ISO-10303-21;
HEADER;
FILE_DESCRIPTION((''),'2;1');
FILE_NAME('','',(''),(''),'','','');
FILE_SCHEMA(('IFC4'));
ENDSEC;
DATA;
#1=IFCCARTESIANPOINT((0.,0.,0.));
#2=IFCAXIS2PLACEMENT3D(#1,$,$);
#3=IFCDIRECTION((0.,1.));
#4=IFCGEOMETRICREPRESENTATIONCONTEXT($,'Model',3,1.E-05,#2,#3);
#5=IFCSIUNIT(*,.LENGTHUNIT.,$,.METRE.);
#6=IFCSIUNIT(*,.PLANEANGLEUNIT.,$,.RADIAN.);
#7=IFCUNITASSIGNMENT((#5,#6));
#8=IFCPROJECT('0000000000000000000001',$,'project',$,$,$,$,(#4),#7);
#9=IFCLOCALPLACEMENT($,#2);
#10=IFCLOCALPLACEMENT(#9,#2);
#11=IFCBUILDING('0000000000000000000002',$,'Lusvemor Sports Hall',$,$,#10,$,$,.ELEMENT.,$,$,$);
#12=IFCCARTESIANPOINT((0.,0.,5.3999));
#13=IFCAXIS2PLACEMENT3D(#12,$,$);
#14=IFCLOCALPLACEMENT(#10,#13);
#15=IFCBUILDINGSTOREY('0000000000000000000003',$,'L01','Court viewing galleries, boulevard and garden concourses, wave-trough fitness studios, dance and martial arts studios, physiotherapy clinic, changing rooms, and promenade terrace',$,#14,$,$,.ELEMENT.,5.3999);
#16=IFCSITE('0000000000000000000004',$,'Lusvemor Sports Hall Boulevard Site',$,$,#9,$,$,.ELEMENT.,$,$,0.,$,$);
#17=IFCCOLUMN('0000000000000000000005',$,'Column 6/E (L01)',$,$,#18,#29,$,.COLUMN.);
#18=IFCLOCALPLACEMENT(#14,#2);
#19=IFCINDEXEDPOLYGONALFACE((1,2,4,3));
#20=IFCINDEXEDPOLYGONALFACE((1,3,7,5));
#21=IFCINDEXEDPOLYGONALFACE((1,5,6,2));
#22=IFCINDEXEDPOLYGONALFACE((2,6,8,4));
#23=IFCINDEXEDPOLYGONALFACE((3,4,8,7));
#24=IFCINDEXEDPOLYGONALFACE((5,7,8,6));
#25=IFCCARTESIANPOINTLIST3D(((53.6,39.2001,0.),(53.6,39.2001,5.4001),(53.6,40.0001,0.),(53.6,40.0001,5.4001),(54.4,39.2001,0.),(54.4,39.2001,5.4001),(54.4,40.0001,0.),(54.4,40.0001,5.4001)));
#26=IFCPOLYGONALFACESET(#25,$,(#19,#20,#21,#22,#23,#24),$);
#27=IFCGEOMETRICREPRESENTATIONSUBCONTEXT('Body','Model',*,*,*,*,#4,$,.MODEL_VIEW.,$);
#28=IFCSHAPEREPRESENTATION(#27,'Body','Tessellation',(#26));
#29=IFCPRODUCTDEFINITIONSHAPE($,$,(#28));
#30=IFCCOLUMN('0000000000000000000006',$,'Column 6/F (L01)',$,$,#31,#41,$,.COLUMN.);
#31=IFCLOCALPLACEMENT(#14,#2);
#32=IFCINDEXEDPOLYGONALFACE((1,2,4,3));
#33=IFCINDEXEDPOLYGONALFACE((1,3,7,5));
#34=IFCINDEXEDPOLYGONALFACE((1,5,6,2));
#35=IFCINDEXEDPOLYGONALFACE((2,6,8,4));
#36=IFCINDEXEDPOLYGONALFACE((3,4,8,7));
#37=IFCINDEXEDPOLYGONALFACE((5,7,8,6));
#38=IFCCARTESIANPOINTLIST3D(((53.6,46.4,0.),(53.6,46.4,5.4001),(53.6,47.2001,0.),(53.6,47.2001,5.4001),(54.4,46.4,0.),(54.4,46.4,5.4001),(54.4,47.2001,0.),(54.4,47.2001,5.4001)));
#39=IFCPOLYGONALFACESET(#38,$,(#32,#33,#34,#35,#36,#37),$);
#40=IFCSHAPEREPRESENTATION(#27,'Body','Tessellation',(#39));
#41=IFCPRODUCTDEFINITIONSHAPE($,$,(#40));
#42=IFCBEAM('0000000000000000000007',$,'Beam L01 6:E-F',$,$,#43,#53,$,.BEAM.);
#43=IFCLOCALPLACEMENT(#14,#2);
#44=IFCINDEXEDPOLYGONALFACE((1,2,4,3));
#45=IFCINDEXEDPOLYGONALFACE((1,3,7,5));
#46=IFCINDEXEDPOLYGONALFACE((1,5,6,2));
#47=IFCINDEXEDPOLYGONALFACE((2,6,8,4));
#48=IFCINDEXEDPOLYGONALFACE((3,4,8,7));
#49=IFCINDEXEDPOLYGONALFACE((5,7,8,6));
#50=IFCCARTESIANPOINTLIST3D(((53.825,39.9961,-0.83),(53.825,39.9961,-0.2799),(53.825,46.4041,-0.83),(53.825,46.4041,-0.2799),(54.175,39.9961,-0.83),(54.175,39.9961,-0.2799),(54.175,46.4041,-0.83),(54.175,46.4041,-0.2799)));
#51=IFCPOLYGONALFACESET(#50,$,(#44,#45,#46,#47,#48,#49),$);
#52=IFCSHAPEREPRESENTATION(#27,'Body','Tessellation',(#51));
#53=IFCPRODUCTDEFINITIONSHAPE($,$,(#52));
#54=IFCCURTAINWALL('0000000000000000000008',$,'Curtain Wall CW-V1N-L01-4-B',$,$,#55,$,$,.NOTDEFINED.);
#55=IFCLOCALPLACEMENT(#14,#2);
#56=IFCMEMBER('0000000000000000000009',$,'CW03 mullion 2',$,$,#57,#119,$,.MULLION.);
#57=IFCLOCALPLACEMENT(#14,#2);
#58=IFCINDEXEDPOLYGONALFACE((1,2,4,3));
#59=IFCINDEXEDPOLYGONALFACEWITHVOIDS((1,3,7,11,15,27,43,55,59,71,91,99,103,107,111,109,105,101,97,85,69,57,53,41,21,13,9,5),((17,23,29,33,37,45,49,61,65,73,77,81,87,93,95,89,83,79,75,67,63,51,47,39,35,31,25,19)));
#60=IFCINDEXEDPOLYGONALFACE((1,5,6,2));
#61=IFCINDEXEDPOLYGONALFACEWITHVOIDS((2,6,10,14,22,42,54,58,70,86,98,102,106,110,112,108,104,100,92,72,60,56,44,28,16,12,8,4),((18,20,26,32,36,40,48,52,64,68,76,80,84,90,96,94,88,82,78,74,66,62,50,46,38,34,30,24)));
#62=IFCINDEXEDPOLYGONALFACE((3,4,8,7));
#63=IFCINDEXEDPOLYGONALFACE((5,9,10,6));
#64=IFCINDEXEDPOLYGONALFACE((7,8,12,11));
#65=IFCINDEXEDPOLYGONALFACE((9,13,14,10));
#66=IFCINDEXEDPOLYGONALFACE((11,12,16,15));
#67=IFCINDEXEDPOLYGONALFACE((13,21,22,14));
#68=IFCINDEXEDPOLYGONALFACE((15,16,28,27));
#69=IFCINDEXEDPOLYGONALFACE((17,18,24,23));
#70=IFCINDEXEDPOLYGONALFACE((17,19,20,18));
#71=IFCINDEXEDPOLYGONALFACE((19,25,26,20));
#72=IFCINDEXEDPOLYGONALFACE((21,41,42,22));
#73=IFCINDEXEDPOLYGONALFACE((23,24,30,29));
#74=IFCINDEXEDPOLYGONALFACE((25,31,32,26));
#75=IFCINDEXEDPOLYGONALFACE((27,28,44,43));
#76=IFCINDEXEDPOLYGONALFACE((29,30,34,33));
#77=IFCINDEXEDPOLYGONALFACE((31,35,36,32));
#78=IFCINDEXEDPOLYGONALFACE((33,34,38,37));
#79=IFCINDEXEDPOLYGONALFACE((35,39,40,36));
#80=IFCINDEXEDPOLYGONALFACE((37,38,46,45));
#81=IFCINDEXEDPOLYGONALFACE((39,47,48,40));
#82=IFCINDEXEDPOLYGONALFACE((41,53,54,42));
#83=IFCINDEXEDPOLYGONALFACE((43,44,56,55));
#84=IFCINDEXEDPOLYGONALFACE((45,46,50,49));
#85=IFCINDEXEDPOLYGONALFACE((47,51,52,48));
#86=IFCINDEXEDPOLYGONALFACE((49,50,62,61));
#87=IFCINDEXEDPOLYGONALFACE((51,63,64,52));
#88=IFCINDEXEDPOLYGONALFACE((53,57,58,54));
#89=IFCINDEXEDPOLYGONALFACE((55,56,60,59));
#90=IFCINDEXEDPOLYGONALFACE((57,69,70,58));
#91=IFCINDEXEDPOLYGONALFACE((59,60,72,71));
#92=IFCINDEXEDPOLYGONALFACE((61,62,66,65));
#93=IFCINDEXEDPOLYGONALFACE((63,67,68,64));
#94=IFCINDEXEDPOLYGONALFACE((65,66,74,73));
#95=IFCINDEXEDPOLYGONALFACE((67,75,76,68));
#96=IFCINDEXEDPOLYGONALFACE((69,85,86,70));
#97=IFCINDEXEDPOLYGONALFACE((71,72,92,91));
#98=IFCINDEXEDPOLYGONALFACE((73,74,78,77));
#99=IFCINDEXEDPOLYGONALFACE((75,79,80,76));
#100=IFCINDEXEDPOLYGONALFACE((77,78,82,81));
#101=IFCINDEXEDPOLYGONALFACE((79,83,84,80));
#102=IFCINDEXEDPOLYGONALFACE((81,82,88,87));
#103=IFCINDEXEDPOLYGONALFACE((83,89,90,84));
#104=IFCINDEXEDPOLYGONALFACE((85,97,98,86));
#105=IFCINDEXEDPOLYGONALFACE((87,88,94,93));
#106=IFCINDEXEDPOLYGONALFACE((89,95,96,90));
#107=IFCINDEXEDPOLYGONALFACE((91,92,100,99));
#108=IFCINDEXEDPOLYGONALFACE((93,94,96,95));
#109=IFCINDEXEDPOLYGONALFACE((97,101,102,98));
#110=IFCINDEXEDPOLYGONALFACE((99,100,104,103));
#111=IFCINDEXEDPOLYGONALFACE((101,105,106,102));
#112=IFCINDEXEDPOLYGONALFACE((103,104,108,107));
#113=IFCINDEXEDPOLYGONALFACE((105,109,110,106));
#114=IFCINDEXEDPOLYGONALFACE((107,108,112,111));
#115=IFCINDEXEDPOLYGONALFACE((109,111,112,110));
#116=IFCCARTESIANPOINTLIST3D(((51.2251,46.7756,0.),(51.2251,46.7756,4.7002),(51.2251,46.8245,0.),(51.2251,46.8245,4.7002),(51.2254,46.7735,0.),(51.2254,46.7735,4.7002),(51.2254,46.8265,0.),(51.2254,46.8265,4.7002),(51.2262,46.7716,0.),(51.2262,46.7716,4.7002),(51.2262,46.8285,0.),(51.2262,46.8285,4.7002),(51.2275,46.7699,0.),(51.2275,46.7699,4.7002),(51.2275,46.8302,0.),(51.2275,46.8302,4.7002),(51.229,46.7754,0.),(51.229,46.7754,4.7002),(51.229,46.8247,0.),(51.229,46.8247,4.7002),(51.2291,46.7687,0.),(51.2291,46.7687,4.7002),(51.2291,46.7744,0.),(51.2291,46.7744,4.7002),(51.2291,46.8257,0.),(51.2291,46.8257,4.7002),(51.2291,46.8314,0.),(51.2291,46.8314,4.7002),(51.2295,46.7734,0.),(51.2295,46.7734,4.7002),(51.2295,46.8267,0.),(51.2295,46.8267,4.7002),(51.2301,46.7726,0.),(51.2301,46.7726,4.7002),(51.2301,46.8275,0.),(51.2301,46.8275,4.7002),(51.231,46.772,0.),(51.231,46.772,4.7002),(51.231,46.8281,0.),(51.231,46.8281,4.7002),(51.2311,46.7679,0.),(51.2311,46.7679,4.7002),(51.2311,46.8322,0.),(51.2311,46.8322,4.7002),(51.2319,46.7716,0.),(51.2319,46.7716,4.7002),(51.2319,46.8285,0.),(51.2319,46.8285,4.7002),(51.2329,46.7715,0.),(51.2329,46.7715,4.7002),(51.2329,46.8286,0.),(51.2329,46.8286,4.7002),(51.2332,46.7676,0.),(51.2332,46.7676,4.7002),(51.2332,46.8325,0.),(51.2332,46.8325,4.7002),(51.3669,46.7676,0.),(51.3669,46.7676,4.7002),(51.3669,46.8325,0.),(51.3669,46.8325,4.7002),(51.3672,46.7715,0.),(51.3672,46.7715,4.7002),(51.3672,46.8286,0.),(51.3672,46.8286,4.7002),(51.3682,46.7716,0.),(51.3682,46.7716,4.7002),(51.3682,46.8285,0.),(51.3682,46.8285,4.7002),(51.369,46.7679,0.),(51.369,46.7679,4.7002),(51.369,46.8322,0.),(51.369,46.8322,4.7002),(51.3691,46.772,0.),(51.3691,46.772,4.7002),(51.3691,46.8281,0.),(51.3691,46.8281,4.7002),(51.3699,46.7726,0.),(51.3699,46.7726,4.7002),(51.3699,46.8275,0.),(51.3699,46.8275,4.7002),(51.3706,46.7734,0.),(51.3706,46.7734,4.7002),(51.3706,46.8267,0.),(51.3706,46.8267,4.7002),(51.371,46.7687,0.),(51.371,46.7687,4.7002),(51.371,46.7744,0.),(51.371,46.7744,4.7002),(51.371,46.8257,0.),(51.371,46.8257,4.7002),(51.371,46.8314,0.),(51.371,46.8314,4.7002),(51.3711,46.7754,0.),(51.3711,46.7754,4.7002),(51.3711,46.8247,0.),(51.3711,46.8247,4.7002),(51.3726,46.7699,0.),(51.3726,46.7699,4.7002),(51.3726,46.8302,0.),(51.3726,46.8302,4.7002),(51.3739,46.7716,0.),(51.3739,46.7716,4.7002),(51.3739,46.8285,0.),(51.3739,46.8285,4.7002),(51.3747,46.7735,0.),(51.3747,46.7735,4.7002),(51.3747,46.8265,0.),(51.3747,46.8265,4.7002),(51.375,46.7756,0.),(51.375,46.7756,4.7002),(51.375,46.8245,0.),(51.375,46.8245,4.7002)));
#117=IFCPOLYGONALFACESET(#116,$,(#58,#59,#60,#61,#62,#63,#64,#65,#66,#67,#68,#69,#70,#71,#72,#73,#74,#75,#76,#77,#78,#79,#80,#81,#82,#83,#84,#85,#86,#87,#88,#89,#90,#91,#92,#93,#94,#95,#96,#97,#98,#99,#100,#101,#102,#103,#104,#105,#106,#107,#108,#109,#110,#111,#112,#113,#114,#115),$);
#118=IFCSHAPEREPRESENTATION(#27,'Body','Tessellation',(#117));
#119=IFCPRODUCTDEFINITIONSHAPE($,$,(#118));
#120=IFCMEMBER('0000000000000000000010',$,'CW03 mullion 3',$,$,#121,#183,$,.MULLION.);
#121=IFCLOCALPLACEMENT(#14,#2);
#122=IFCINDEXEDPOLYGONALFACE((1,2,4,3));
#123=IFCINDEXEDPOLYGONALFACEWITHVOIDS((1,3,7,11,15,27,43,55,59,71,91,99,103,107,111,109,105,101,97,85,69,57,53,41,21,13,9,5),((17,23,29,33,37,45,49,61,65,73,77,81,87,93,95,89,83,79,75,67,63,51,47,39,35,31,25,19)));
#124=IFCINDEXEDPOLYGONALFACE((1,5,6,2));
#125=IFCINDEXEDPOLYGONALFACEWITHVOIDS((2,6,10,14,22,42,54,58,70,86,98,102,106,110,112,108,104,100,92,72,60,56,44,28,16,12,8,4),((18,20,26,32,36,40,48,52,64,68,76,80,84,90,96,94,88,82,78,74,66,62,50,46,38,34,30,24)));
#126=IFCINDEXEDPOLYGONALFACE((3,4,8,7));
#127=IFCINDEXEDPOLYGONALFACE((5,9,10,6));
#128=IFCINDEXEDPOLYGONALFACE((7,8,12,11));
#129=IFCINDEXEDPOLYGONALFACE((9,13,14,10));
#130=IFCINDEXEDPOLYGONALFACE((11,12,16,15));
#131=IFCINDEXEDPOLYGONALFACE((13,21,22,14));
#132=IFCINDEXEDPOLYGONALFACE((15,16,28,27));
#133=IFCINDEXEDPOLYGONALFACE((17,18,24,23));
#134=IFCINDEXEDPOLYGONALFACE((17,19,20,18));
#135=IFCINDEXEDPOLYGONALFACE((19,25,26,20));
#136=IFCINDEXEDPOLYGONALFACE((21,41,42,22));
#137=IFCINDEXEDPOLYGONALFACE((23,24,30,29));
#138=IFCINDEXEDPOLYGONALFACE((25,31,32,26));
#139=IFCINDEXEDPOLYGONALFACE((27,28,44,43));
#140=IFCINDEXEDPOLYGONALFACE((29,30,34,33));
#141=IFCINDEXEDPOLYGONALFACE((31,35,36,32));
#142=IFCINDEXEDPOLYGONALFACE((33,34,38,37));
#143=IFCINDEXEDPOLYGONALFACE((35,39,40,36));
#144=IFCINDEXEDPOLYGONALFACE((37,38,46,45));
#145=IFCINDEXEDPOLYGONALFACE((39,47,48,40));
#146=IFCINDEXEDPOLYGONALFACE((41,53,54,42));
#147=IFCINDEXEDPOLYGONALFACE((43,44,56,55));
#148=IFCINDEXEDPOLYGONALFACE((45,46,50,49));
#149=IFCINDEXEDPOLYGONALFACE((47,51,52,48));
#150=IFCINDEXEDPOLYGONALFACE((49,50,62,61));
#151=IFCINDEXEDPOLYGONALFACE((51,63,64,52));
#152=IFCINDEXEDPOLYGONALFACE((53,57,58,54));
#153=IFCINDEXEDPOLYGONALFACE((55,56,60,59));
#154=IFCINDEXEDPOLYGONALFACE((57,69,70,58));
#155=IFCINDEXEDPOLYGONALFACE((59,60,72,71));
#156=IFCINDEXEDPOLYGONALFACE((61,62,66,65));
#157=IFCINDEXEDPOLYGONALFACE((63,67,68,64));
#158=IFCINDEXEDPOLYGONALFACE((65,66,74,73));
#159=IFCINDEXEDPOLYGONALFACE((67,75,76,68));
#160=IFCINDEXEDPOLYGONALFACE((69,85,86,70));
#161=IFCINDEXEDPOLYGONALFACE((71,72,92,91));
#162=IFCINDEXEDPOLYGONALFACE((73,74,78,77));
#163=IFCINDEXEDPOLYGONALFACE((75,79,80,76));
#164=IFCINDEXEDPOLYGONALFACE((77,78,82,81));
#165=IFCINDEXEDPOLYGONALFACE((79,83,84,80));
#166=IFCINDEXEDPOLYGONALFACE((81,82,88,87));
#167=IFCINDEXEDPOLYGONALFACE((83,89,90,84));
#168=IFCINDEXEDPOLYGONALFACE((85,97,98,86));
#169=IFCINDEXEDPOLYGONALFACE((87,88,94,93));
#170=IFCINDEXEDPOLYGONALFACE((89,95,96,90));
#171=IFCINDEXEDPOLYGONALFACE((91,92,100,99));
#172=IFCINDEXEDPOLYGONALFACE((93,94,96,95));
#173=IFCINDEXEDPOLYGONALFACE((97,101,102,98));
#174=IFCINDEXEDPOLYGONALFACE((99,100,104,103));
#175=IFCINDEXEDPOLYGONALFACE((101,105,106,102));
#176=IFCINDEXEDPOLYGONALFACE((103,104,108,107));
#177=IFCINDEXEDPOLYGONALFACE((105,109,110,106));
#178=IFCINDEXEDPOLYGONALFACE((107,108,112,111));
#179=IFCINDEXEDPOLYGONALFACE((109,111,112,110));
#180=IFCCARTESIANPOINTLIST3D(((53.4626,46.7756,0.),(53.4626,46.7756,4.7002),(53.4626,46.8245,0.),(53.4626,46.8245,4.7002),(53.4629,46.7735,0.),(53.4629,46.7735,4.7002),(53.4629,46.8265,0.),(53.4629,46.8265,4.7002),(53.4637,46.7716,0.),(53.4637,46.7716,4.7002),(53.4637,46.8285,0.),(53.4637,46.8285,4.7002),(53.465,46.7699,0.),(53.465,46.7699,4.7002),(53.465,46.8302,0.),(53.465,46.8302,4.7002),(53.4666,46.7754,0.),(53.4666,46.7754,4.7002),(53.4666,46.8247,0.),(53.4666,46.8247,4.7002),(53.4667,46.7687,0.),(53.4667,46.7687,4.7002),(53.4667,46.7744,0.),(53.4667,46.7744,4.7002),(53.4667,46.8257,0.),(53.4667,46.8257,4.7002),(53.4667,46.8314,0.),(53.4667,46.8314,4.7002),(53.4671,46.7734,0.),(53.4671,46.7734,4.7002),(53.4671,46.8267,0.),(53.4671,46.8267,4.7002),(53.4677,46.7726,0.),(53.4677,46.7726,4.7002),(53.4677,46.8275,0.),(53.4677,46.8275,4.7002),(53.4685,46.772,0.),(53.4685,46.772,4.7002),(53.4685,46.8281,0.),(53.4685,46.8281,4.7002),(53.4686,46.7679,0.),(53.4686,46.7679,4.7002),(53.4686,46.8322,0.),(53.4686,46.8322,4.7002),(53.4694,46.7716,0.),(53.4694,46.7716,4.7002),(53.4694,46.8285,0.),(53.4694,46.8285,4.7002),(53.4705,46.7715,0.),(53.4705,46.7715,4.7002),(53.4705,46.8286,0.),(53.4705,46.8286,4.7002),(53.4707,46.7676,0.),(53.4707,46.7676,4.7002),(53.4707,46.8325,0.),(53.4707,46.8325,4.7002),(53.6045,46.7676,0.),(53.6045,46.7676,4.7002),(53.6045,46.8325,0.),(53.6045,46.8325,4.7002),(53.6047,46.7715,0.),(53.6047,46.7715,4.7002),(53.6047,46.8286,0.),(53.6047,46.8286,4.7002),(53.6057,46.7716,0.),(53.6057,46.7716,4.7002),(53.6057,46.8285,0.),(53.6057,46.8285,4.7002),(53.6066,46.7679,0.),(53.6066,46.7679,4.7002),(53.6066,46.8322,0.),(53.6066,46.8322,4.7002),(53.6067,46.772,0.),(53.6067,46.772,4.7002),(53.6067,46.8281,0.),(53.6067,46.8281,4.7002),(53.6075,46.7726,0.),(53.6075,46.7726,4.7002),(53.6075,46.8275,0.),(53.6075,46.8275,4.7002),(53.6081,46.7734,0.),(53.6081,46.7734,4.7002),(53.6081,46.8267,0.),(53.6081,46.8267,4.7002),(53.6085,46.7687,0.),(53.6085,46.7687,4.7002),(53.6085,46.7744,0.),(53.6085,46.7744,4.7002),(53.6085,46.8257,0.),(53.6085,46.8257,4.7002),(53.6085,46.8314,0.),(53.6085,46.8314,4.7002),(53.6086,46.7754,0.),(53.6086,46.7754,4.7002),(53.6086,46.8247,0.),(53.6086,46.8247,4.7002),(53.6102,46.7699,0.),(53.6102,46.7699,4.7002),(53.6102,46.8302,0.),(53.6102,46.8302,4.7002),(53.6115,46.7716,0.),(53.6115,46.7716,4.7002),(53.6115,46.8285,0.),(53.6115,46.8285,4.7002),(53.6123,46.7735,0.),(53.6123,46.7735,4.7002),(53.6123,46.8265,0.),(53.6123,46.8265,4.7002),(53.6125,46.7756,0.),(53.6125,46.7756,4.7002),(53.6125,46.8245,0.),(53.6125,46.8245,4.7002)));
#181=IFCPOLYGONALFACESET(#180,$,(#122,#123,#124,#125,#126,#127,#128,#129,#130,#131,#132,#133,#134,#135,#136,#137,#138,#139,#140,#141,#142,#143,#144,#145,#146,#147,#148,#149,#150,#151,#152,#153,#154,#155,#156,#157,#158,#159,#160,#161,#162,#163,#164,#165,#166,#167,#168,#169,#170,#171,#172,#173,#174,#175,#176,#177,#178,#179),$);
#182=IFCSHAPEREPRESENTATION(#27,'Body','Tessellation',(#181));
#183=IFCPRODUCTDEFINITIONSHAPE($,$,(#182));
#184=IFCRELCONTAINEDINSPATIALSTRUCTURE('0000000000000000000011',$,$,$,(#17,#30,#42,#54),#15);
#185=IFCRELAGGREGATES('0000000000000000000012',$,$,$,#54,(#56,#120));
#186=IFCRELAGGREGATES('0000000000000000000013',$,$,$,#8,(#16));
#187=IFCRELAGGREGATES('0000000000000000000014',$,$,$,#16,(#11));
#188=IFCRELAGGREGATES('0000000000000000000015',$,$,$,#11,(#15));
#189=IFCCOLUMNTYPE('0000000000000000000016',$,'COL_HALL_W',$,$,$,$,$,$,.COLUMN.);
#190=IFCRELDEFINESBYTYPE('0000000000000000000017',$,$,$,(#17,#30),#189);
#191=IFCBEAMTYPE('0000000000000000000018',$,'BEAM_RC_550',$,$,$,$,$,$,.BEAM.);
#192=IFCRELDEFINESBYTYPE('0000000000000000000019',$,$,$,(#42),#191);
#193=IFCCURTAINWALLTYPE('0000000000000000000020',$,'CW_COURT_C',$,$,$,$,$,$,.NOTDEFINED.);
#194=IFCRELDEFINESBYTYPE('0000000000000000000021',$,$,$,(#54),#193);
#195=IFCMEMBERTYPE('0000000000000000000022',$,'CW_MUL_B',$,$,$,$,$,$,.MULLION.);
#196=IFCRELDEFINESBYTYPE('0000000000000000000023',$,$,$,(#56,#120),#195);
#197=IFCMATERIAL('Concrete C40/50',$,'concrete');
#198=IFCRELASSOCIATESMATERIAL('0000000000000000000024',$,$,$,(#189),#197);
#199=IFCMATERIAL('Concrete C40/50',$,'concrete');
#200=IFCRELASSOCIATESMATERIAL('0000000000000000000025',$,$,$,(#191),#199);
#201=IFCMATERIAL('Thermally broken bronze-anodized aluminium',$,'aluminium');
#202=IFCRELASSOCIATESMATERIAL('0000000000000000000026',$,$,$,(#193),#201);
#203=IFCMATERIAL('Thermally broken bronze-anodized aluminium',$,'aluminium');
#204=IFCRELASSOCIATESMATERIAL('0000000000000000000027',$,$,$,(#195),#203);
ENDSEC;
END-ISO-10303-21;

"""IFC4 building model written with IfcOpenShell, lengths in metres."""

from ifc_helpers import new_model, si_unit, direction, frame, origin, origin_2d, place, context, subcontext, project, spatial, rectangle, hollow_rectangle, extrude, material, material_profile, profile_set, type_object, element, aggregate, save


model = new_model("IFC4")

# Units and contexts
model_context = context("Model", 3, precision=1e-05, world=origin(), true_north=direction((0.0, 1.0)))
body_context = subcontext(model_context, "Body", "Model", "MODEL_VIEW")
ifc_project = project(units=[si_unit("LENGTHUNIT", "METRE"), si_unit("PLANEANGLEUNIT", "RADIAN")], contexts=[model_context])

# Site, building, storey
site_placement = place(None, origin())
site = spatial("IfcSite", under=ifc_project, at=site_placement, Name="Lusvemor Sports Hall Boulevard Site", CompositionType="ELEMENT", RefElevation=0.0)
building_placement = place(site_placement, origin())
building = spatial("IfcBuilding", under=site, at=building_placement, Name="Lusvemor Sports Hall", CompositionType="ELEMENT")
storey_placement = place(building_placement, frame((0.0, 0.0, 5.3999)))
storey = spatial("IfcBuildingStorey", under=building, at=storey_placement, Name="L01", Description="Court viewing galleries, boulevard and garden concourses, wave-trough fitness studios, dance and martial arts studios, physiotherapy clinic, changing rooms, and promenade terrace", CompositionType="ELEMENT", Elevation=5.3999)

# Columns
ifc_material_1 = material(Name="Concrete C40/50", Category="concrete")
ifc_material_profile_1 = material_profile(ifc_material_1, rectangle(XDim=0.8, YDim=0.8, at=origin_2d()), Name="RC800x800")
ifc_profile_set_1 = profile_set([ifc_material_profile_1], Name="Concrete C40/50")
column_type = type_object("IfcColumnType", Name="COL_HALL_W", PredefinedType="COLUMN", material=ifc_profile_set_1)
for number, where, z_axis, x_axis, name in (
    (1, (54.0, 39.6001, 0.0), (0.0, 0.0, 1.0), (1.0, 0.0, 0.0), "Column 6/E (L01)"),
    (2, (54.0, 46.8, 0.0), (0.0, 0.0, 1.0), (1.0, 0.0, 0.0), "Column 6/F (L01)"),
):
    element("IfcColumn", number, at=place(storey_placement, frame(where, z_axis=z_axis, x_axis=x_axis)), inside=storey, type_object=column_type, Name=name, PredefinedType="COLUMN", context=body_context, shape_type="SweptSolid", body=[
        extrude(rectangle(XDim=0.8, YDim=0.8, at=origin_2d()), origin(), (0.0, 0.0, 1.0), 5.4001),
    ])

# Beam
ifc_material_2 = material(Name="Concrete C40/50", Category="concrete")
ifc_material_profile_2 = material_profile(ifc_material_2, rectangle(XDim=0.3501, YDim=0.55, at=origin_2d()), Name="RC350x550")
ifc_profile_set_2 = profile_set([ifc_material_profile_2], Name="Concrete C40/50")
beam_type_1 = type_object("IfcBeamType", Name="BEAM_RC_550", PredefinedType="BEAM", material=ifc_profile_set_2)
beam_1_placement = place(storey_placement, frame((54.0, 39.9961, -0.5549), z_axis=(0.0, 1.0, 0.0), x_axis=(-1.0, 0.0, 0.0)))
element("IfcBeam", 3, at=beam_1_placement, inside=storey, type_object=beam_type_1, Name="Beam L01 6:E-F", PredefinedType="BEAM", context=body_context, shape_type="SweptSolid", body=[
    extrude(rectangle(XDim=0.3501, YDim=0.55, at=origin_2d()), origin(), (0.0, 0.0, 1.0), 6.408),
])

# Curtain wall, members
ifc_material_3 = material(Name="Thermally broken bronze-anodized aluminium", Category="aluminium")
curtain_wall_type = type_object("IfcCurtainWallType", Name="CW_COURT_C", PredefinedType="NOTDEFINED", material=ifc_material_3)
curtain_wall_1_placement = place(storey_placement, origin())
curtain_wall_1 = element("IfcCurtainWall", 4, at=curtain_wall_1_placement, inside=storey, type_object=curtain_wall_type, Name="Curtain Wall CW-V1N-L01-4-B", PredefinedType="NOTDEFINED")
ifc_material_4 = material(Name="Thermally broken bronze-anodized aluminium", Category="aluminium")
ifc_material_profile_3 = material_profile(ifc_material_4, hollow_rectangle(XDim=0.0649, YDim=0.1499, WallThickness=0.0039, InnerFilletRadius=0.0039, OuterFilletRadius=0.0081, at=origin_2d()), Name="CWMUL150x65x4")
ifc_profile_set_3 = profile_set([ifc_material_profile_3], Name="Thermally broken bronze-anodized aluminium")
member_type_1 = type_object("IfcMemberType", Name="CW_MUL_B", PredefinedType="MULLION", material=ifc_profile_set_3)
member_1_placement = place(storey_placement, frame((51.3, 46.8, 0.0), z_axis=(0.0, 0.0, 1.0), x_axis=(0.0, 1.0, 0.0)))
member_1 = element("IfcMember", 5, at=member_1_placement, type_object=member_type_1, Name="CW03 mullion 2", PredefinedType="MULLION", context=body_context, shape_type="SweptSolid", body=[
    extrude(hollow_rectangle(XDim=0.0649, YDim=0.1499, WallThickness=0.0039, InnerFilletRadius=0.0039, OuterFilletRadius=0.0081, at=origin_2d()), origin(), (0.0, 0.0, 1.0), 4.7002),
])
member_2_placement = place(storey_placement, frame((53.5376, 46.8, 0.0), z_axis=(0.0, 0.0, 1.0), x_axis=(0.0, 1.0, 0.0)))
member_2 = element("IfcMember", 6, at=member_2_placement, type_object=member_type_1, Name="CW03 mullion 3", PredefinedType="MULLION", context=body_context, shape_type="SweptSolid", body=[
    extrude(hollow_rectangle(XDim=0.0649, YDim=0.1499, WallThickness=0.0039, InnerFilletRadius=0.0039, OuterFilletRadius=0.0081, at=origin_2d()), origin(), (0.0, 0.0, 1.0), 4.7002),
])

aggregate(curtain_wall_1, [member_1, member_2])

save(model, "model.ifc")
